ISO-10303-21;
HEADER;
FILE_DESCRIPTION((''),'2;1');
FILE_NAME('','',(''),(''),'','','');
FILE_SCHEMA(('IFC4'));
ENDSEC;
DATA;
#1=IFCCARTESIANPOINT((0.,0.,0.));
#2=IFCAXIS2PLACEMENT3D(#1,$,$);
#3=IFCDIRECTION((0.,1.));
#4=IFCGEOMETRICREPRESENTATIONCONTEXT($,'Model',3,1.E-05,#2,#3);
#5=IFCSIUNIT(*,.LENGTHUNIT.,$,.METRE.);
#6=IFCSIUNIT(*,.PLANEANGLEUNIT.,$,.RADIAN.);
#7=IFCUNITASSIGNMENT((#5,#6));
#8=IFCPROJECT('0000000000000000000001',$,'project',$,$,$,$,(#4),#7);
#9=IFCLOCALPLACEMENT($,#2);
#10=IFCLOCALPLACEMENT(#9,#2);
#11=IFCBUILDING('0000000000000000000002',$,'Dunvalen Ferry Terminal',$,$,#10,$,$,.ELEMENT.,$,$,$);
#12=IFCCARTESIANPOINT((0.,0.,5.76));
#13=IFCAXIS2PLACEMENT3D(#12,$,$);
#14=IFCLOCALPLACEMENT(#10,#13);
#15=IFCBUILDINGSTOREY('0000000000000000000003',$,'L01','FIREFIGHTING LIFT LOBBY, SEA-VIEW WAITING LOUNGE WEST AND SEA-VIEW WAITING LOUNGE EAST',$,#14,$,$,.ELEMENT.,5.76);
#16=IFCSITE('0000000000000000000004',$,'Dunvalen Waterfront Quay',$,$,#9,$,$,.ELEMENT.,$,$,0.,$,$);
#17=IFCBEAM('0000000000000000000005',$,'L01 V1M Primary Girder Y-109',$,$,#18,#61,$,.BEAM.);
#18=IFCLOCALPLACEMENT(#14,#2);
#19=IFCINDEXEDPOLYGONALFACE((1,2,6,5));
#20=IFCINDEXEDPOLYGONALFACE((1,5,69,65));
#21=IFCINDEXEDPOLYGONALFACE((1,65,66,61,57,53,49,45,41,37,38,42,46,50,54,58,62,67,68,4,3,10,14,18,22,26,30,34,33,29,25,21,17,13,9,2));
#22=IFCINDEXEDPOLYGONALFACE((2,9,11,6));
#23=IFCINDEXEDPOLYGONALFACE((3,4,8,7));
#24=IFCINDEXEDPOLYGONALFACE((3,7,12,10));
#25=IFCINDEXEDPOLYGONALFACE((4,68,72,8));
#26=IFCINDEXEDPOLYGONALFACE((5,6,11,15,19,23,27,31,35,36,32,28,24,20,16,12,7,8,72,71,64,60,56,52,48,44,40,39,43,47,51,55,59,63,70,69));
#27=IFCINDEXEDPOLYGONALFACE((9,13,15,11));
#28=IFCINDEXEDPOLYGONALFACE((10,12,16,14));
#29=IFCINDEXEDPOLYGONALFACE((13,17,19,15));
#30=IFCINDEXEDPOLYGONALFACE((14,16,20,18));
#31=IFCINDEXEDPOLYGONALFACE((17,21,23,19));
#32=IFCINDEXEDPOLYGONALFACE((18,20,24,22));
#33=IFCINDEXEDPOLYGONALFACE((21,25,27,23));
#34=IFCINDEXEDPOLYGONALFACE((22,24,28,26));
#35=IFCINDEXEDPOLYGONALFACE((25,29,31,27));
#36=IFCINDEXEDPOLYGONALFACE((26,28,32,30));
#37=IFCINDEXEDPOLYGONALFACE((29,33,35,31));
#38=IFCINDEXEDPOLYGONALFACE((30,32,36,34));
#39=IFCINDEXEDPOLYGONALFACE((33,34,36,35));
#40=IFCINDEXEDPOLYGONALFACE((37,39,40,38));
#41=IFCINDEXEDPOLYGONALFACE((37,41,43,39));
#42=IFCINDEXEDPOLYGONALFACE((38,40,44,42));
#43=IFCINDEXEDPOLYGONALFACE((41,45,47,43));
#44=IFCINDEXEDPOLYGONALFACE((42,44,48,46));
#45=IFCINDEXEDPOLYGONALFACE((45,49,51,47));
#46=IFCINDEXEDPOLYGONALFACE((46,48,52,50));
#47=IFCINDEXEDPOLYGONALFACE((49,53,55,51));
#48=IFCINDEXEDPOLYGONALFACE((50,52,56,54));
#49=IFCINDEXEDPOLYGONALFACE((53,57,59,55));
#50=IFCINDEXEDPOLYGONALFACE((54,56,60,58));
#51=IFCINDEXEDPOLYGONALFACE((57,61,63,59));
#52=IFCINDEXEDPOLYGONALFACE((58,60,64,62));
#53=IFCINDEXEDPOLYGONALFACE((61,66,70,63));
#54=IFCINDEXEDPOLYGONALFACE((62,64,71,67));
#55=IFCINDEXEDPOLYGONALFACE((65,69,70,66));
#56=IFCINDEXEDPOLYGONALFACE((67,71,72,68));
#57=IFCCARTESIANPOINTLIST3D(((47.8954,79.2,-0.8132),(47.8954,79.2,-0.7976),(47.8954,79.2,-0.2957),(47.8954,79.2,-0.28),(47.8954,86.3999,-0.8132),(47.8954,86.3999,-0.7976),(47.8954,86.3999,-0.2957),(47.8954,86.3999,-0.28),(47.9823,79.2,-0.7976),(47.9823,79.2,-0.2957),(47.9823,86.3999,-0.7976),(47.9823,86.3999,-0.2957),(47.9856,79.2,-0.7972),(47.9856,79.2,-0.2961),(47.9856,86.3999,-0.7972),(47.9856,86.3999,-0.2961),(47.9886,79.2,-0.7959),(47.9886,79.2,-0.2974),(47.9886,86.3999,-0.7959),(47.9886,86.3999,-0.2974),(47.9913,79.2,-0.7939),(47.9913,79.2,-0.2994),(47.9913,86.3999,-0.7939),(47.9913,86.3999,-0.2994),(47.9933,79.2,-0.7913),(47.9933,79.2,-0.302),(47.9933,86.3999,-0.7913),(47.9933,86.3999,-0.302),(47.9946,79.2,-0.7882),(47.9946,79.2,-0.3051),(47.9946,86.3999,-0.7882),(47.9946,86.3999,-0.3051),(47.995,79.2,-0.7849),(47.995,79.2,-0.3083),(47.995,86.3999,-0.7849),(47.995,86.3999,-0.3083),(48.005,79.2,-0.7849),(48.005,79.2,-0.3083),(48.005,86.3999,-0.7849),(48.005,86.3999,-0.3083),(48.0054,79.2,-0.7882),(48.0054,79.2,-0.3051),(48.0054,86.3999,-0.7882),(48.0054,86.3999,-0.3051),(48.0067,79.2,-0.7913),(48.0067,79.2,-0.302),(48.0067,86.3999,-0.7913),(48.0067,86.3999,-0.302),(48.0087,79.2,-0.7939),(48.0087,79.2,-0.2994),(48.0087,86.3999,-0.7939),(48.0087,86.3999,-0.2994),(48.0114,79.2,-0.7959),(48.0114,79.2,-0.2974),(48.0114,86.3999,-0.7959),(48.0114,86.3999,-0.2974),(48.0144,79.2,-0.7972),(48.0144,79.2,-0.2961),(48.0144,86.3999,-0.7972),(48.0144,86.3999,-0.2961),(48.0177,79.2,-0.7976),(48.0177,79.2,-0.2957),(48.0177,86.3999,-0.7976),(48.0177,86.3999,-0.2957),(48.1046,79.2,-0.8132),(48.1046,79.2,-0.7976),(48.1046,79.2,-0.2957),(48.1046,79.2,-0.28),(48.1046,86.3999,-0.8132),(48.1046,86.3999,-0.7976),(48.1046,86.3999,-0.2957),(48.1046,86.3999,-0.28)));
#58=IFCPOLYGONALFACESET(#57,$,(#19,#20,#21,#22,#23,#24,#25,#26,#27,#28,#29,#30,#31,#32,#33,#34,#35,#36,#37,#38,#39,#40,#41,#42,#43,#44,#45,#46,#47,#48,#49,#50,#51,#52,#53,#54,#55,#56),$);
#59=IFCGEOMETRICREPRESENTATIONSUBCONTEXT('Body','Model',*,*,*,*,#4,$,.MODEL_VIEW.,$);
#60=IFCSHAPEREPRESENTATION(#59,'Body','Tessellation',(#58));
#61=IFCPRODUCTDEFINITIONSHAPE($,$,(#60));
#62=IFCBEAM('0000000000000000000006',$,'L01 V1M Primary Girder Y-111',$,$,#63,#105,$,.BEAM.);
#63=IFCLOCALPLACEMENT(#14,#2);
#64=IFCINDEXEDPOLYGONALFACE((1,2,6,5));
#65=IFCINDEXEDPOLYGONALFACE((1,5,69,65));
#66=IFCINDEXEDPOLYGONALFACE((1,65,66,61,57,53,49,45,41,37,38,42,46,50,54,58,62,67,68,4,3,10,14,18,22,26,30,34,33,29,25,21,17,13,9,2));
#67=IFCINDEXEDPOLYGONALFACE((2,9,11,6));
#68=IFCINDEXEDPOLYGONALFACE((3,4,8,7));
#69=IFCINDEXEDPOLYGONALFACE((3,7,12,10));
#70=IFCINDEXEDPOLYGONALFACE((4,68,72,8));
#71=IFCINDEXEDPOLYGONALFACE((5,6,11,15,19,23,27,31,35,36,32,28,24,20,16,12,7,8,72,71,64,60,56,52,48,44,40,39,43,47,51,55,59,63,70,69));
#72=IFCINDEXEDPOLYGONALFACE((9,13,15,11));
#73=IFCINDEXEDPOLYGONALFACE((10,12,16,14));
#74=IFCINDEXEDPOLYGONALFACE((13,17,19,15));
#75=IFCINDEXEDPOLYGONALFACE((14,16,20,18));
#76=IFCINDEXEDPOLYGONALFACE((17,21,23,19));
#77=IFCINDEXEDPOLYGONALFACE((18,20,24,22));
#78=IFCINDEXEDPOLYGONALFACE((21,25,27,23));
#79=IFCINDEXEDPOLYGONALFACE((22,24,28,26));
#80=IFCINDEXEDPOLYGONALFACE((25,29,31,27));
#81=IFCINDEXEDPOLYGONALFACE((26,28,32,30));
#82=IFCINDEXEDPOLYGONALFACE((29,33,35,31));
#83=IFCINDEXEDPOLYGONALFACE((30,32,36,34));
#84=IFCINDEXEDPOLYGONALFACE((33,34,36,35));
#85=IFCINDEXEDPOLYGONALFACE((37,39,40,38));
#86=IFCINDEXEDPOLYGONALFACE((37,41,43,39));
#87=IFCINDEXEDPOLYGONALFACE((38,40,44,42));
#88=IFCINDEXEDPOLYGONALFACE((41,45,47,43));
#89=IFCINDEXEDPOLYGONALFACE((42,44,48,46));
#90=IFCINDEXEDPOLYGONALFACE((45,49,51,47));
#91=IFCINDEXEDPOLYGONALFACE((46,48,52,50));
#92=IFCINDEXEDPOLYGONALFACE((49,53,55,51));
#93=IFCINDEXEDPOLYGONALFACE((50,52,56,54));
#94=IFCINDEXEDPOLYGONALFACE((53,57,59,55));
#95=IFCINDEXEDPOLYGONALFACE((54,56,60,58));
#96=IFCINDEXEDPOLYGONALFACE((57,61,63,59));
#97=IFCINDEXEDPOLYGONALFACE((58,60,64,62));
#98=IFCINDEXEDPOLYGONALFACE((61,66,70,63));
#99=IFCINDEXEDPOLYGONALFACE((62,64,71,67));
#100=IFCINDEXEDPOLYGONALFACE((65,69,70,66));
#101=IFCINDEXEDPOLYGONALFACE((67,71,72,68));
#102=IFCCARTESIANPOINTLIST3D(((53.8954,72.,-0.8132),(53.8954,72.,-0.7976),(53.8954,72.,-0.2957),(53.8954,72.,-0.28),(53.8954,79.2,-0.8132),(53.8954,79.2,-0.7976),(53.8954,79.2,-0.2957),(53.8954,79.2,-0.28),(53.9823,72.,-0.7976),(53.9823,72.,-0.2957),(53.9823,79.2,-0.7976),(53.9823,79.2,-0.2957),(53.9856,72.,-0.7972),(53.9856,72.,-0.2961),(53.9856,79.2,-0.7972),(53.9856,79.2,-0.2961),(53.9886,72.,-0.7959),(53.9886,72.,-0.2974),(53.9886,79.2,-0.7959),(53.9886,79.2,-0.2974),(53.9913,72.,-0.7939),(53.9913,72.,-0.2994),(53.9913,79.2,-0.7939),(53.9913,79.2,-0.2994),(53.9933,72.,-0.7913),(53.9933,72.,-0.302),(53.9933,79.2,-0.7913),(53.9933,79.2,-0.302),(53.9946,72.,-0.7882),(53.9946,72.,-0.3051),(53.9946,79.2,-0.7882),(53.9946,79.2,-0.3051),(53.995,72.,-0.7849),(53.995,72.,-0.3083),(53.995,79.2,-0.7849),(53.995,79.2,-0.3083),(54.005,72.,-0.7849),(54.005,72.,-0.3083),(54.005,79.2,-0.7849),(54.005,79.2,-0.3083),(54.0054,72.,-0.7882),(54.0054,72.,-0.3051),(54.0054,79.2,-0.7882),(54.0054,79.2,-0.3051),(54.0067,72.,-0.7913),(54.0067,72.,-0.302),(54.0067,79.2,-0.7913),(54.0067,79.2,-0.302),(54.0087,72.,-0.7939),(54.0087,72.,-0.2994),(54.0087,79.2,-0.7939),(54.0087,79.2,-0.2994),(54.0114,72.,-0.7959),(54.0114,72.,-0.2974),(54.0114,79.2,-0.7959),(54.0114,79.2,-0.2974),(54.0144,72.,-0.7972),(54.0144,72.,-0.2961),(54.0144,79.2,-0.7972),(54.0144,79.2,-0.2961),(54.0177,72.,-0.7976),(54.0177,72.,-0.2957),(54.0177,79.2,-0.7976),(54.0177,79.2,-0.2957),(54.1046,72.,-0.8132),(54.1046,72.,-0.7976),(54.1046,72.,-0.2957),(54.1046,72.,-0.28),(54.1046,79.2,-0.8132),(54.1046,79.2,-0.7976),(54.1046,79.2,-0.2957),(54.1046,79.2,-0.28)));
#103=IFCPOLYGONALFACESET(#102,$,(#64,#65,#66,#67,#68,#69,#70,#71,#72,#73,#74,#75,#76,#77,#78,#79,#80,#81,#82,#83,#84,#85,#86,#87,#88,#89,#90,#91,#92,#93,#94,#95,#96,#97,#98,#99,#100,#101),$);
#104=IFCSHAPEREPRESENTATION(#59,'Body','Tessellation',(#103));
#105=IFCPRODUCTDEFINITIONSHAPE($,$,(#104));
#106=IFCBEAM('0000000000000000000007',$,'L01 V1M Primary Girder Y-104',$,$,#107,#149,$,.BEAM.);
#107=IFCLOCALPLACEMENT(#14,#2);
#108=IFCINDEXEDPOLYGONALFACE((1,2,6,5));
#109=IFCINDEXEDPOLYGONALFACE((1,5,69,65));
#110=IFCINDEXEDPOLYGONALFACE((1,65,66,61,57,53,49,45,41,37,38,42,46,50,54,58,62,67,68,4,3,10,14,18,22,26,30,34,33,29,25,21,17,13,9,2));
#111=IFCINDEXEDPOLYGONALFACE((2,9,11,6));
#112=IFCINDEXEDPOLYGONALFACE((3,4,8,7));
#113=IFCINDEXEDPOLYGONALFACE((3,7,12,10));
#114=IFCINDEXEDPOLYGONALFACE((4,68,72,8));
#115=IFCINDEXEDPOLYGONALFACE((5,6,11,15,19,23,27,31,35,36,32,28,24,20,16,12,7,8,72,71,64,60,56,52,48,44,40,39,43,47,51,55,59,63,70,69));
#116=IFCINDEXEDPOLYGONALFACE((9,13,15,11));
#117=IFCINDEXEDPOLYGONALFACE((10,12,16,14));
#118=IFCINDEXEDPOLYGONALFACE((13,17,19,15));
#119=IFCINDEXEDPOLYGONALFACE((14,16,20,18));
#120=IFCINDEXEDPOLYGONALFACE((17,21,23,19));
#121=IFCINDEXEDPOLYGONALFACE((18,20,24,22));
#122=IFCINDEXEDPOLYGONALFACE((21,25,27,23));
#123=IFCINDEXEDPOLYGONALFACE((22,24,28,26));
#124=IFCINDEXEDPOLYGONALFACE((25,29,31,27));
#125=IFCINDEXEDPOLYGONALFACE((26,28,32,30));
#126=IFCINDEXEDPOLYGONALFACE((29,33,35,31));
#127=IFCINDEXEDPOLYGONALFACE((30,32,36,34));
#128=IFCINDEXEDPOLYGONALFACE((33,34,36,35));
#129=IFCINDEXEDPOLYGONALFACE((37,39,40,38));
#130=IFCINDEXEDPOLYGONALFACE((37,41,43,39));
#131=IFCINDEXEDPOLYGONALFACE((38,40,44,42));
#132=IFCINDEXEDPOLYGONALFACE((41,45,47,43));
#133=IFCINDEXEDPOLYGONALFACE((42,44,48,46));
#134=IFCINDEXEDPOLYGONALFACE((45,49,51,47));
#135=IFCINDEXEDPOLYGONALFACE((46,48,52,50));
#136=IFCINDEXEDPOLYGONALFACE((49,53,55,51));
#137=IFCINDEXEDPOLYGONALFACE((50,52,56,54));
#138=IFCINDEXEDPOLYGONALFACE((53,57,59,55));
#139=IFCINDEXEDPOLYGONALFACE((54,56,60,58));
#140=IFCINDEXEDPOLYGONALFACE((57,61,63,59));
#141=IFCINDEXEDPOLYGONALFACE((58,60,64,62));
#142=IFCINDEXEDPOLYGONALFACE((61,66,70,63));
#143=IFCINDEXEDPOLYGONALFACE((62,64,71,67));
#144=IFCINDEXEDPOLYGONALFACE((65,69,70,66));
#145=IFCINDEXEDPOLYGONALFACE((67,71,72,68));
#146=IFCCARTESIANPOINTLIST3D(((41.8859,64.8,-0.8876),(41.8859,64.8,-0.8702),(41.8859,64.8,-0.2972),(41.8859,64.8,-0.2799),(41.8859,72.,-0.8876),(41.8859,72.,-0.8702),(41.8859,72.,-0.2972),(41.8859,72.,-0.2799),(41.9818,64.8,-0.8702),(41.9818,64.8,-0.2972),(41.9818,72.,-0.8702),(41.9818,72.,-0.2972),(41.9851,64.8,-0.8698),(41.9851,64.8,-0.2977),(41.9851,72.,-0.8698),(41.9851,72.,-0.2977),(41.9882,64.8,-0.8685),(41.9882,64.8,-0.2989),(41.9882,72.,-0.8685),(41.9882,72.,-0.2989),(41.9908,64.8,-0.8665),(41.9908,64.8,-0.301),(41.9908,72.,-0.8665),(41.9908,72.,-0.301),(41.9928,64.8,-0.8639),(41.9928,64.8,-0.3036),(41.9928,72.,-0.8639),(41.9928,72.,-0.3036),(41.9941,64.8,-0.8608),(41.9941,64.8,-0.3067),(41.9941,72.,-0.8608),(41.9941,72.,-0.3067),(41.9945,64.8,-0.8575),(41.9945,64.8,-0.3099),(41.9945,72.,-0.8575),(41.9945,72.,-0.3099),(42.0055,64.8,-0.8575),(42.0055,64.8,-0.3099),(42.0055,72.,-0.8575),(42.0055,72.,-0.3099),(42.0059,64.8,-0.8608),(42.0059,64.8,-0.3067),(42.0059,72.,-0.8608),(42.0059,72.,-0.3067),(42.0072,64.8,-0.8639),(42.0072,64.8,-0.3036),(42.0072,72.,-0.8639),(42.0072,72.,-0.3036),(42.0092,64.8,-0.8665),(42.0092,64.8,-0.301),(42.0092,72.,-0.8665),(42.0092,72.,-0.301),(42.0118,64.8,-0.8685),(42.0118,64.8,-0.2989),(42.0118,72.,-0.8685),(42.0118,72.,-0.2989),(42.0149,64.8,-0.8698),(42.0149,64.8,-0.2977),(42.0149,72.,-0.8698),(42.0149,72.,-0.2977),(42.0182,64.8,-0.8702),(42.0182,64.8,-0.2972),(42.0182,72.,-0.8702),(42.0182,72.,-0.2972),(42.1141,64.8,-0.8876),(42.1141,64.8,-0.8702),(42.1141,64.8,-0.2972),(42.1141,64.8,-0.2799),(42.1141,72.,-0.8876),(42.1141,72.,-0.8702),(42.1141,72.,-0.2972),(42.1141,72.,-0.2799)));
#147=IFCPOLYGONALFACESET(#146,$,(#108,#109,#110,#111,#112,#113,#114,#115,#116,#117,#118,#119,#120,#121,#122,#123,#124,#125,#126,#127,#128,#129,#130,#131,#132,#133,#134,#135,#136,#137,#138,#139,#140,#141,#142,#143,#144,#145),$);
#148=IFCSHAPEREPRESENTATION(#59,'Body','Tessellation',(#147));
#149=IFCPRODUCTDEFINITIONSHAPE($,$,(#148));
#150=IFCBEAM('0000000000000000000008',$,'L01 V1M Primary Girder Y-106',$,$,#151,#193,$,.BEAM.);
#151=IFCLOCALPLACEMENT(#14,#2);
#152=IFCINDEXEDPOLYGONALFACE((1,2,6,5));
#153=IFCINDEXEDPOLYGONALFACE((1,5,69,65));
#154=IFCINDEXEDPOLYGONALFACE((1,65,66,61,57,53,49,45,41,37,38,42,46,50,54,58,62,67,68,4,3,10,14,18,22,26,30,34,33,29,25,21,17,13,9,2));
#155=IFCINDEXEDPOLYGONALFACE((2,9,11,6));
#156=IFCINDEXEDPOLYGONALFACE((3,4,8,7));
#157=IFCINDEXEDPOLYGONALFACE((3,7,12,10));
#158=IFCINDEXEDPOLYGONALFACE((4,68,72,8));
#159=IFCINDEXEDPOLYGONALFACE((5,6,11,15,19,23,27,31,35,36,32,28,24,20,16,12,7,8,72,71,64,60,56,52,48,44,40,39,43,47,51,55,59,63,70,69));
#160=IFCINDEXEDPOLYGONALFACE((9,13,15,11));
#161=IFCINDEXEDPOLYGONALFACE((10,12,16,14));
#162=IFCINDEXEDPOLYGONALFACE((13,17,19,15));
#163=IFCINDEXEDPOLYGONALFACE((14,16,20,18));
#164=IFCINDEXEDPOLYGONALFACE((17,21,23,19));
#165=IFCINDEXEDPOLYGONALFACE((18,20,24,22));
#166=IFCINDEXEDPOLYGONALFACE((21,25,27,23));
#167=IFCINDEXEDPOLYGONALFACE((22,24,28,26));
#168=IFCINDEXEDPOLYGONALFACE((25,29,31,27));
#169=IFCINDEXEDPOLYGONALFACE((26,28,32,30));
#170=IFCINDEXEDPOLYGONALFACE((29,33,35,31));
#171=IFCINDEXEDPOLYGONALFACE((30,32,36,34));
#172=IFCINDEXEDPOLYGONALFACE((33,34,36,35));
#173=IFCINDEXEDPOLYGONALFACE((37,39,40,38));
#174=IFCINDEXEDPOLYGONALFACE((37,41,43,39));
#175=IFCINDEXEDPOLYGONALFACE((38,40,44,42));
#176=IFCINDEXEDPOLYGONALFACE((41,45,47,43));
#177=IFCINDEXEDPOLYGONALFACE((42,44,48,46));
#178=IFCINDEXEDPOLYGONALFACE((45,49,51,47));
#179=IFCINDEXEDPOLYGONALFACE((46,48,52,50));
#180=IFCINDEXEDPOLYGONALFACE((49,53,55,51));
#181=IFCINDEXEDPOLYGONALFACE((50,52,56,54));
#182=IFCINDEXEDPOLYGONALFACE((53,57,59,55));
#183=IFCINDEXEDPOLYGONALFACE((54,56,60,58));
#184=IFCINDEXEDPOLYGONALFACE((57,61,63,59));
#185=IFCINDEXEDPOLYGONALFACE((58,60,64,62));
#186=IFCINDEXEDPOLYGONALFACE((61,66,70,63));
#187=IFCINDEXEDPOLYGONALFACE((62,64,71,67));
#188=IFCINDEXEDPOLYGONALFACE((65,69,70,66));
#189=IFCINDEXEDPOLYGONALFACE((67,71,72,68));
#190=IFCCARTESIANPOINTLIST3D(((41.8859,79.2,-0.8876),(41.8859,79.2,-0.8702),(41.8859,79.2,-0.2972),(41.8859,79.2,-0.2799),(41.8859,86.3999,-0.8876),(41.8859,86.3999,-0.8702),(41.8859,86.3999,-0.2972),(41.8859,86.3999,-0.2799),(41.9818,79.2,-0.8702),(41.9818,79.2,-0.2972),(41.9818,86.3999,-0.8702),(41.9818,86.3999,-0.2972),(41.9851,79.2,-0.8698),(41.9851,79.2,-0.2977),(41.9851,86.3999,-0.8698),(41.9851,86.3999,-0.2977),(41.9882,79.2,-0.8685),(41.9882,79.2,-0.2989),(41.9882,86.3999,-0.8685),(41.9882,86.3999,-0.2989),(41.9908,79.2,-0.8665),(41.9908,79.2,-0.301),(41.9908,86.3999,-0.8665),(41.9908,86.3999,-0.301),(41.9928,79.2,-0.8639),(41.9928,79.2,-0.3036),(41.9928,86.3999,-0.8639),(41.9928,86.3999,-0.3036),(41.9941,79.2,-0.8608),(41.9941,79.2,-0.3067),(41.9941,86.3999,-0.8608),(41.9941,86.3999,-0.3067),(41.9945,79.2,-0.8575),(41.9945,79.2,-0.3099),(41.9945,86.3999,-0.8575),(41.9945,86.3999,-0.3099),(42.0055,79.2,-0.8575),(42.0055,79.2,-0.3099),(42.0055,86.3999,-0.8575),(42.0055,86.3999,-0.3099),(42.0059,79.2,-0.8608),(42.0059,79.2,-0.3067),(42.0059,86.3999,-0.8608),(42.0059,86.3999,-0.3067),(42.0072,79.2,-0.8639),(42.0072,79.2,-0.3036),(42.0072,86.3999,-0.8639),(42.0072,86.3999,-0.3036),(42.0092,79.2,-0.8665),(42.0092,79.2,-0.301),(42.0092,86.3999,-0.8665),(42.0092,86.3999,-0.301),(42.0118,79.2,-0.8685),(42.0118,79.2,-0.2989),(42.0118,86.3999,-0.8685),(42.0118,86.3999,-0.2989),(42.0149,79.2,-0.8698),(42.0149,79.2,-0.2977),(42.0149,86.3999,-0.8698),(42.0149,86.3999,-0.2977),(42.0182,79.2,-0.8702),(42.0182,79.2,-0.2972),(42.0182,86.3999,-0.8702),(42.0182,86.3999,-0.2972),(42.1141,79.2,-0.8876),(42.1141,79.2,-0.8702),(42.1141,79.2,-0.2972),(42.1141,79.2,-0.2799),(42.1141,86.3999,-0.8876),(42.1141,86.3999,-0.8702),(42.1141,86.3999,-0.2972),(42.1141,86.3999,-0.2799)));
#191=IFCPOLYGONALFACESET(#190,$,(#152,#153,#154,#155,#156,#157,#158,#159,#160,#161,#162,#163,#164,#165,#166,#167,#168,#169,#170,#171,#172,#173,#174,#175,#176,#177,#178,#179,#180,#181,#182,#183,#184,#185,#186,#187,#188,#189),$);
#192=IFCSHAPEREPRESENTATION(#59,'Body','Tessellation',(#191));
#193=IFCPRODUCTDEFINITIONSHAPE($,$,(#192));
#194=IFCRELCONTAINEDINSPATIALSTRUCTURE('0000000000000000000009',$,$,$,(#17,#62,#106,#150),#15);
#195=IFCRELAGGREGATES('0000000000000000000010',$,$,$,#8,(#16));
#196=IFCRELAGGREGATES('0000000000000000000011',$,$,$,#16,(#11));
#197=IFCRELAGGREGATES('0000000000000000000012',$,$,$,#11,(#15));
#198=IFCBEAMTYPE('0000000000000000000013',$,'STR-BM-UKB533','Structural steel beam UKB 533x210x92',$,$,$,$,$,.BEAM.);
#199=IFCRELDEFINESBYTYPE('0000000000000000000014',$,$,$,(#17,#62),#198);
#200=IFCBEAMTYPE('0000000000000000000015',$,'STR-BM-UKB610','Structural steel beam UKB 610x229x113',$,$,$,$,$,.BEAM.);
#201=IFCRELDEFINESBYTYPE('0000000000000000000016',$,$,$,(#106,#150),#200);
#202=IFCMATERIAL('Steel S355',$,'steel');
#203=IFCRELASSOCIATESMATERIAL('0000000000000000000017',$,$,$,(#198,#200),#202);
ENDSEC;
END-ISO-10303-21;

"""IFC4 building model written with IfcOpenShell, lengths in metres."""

from ifc_helpers import new_model, si_unit, direction, frame, origin, origin_2d, place, context, subcontext, project, spatial, i_section, extrude, material, material_profile, profile_set, type_object, element, save


model = new_model("IFC4")

# Units and contexts
model_context = context("Model", 3, precision=1e-05, world=origin(), true_north=direction((0.0, 1.0)))
body_context = subcontext(model_context, "Body", "Model", "MODEL_VIEW")
ifc_project = project(units=[si_unit("LENGTHUNIT", "METRE"), si_unit("PLANEANGLEUNIT", "RADIAN")], contexts=[model_context])

# Site, building, storey
site_placement = place(None, origin())
site = spatial("IfcSite", under=ifc_project, at=site_placement, Name="Dunvalen Waterfront Quay", CompositionType="ELEMENT", RefElevation=0.0)
building_placement = place(site_placement, origin())
building = spatial("IfcBuilding", under=site, at=building_placement, Name="Dunvalen Ferry Terminal", CompositionType="ELEMENT")
storey_placement = place(building_placement, frame((0.0, 0.0, 5.76)))
storey = spatial("IfcBuildingStorey", under=building, at=storey_placement, Name="L01", Description="FIREFIGHTING LIFT LOBBY, SEA-VIEW WAITING LOUNGE WEST AND SEA-VIEW WAITING LOUNGE EAST", CompositionType="ELEMENT", Elevation=5.76)

# Beams
ifc_material_1 = material(Name="Steel S355", Category="steel")
ifc_material_profile_1 = material_profile(ifc_material_1, i_section(OverallWidth=0.2092, OverallDepth=0.5332, WebThickness=0.01, FlangeThickness=0.0156, FilletRadius=0.0127, at=origin_2d()), Name="Steel S355")
ifc_profile_set_1 = profile_set([ifc_material_profile_1], Name="Steel S355")
beam_type_1 = type_object("IfcBeamType", Name="STR-BM-UKB533", Description="Structural steel beam UKB 533x210x92", PredefinedType="BEAM", material=ifc_profile_set_1)
for number, where, z_axis, x_axis, name in (
    (1, (48.0, 79.2, -0.5466), (0.0, 1.0, 0.0), (-1.0, 0.0, 0.0), "L01 V1M Primary Girder Y-109"),
    (2, (54.0, 72.0, -0.5466), (0.0, 1.0, 0.0), (-1.0, 0.0, 0.0), "L01 V1M Primary Girder Y-111"),
):
    element("IfcBeam", number, at=place(storey_placement, frame(where, z_axis=z_axis, x_axis=x_axis)), inside=storey, type_object=beam_type_1, Name=name, PredefinedType="BEAM", context=body_context, shape_type="SweptSolid", body=[
        extrude(i_section(OverallWidth=0.2092, OverallDepth=0.5332, WebThickness=0.01, FlangeThickness=0.0156, FilletRadius=0.0127, at=origin_2d()), origin(), (0.0, 0.0, 1.0), 7.2),
    ])
ifc_material_profile_2 = material_profile(ifc_material_1, i_section(OverallWidth=0.2283, OverallDepth=0.6077, WebThickness=0.011, FlangeThickness=0.0173, FilletRadius=0.0127, at=origin_2d()), Name="Steel S355")
ifc_profile_set_2 = profile_set([ifc_material_profile_2], Name="Steel S355")
beam_type_2 = type_object("IfcBeamType", Name="STR-BM-UKB610", Description="Structural steel beam UKB 610x229x113", PredefinedType="BEAM", material=ifc_profile_set_2)
for number, where, z_axis, x_axis, name in (
    (3, (42.0, 64.8, -0.5837), (0.0, 1.0, 0.0), (-1.0, 0.0, 0.0), "L01 V1M Primary Girder Y-104"),
    (4, (42.0, 79.2, -0.5837), (0.0, 1.0, 0.0), (-1.0, 0.0, 0.0), "L01 V1M Primary Girder Y-106"),
):
    element("IfcBeam", number, at=place(storey_placement, frame(where, z_axis=z_axis, x_axis=x_axis)), inside=storey, type_object=beam_type_2, Name=name, PredefinedType="BEAM", context=body_context, shape_type="SweptSolid", body=[
        extrude(i_section(OverallWidth=0.2283, OverallDepth=0.6077, WebThickness=0.011, FlangeThickness=0.0173, FilletRadius=0.0127, at=origin_2d()), origin(), (0.0, 0.0, 1.0), 7.2),
    ])

save(model, "model.ifc")
